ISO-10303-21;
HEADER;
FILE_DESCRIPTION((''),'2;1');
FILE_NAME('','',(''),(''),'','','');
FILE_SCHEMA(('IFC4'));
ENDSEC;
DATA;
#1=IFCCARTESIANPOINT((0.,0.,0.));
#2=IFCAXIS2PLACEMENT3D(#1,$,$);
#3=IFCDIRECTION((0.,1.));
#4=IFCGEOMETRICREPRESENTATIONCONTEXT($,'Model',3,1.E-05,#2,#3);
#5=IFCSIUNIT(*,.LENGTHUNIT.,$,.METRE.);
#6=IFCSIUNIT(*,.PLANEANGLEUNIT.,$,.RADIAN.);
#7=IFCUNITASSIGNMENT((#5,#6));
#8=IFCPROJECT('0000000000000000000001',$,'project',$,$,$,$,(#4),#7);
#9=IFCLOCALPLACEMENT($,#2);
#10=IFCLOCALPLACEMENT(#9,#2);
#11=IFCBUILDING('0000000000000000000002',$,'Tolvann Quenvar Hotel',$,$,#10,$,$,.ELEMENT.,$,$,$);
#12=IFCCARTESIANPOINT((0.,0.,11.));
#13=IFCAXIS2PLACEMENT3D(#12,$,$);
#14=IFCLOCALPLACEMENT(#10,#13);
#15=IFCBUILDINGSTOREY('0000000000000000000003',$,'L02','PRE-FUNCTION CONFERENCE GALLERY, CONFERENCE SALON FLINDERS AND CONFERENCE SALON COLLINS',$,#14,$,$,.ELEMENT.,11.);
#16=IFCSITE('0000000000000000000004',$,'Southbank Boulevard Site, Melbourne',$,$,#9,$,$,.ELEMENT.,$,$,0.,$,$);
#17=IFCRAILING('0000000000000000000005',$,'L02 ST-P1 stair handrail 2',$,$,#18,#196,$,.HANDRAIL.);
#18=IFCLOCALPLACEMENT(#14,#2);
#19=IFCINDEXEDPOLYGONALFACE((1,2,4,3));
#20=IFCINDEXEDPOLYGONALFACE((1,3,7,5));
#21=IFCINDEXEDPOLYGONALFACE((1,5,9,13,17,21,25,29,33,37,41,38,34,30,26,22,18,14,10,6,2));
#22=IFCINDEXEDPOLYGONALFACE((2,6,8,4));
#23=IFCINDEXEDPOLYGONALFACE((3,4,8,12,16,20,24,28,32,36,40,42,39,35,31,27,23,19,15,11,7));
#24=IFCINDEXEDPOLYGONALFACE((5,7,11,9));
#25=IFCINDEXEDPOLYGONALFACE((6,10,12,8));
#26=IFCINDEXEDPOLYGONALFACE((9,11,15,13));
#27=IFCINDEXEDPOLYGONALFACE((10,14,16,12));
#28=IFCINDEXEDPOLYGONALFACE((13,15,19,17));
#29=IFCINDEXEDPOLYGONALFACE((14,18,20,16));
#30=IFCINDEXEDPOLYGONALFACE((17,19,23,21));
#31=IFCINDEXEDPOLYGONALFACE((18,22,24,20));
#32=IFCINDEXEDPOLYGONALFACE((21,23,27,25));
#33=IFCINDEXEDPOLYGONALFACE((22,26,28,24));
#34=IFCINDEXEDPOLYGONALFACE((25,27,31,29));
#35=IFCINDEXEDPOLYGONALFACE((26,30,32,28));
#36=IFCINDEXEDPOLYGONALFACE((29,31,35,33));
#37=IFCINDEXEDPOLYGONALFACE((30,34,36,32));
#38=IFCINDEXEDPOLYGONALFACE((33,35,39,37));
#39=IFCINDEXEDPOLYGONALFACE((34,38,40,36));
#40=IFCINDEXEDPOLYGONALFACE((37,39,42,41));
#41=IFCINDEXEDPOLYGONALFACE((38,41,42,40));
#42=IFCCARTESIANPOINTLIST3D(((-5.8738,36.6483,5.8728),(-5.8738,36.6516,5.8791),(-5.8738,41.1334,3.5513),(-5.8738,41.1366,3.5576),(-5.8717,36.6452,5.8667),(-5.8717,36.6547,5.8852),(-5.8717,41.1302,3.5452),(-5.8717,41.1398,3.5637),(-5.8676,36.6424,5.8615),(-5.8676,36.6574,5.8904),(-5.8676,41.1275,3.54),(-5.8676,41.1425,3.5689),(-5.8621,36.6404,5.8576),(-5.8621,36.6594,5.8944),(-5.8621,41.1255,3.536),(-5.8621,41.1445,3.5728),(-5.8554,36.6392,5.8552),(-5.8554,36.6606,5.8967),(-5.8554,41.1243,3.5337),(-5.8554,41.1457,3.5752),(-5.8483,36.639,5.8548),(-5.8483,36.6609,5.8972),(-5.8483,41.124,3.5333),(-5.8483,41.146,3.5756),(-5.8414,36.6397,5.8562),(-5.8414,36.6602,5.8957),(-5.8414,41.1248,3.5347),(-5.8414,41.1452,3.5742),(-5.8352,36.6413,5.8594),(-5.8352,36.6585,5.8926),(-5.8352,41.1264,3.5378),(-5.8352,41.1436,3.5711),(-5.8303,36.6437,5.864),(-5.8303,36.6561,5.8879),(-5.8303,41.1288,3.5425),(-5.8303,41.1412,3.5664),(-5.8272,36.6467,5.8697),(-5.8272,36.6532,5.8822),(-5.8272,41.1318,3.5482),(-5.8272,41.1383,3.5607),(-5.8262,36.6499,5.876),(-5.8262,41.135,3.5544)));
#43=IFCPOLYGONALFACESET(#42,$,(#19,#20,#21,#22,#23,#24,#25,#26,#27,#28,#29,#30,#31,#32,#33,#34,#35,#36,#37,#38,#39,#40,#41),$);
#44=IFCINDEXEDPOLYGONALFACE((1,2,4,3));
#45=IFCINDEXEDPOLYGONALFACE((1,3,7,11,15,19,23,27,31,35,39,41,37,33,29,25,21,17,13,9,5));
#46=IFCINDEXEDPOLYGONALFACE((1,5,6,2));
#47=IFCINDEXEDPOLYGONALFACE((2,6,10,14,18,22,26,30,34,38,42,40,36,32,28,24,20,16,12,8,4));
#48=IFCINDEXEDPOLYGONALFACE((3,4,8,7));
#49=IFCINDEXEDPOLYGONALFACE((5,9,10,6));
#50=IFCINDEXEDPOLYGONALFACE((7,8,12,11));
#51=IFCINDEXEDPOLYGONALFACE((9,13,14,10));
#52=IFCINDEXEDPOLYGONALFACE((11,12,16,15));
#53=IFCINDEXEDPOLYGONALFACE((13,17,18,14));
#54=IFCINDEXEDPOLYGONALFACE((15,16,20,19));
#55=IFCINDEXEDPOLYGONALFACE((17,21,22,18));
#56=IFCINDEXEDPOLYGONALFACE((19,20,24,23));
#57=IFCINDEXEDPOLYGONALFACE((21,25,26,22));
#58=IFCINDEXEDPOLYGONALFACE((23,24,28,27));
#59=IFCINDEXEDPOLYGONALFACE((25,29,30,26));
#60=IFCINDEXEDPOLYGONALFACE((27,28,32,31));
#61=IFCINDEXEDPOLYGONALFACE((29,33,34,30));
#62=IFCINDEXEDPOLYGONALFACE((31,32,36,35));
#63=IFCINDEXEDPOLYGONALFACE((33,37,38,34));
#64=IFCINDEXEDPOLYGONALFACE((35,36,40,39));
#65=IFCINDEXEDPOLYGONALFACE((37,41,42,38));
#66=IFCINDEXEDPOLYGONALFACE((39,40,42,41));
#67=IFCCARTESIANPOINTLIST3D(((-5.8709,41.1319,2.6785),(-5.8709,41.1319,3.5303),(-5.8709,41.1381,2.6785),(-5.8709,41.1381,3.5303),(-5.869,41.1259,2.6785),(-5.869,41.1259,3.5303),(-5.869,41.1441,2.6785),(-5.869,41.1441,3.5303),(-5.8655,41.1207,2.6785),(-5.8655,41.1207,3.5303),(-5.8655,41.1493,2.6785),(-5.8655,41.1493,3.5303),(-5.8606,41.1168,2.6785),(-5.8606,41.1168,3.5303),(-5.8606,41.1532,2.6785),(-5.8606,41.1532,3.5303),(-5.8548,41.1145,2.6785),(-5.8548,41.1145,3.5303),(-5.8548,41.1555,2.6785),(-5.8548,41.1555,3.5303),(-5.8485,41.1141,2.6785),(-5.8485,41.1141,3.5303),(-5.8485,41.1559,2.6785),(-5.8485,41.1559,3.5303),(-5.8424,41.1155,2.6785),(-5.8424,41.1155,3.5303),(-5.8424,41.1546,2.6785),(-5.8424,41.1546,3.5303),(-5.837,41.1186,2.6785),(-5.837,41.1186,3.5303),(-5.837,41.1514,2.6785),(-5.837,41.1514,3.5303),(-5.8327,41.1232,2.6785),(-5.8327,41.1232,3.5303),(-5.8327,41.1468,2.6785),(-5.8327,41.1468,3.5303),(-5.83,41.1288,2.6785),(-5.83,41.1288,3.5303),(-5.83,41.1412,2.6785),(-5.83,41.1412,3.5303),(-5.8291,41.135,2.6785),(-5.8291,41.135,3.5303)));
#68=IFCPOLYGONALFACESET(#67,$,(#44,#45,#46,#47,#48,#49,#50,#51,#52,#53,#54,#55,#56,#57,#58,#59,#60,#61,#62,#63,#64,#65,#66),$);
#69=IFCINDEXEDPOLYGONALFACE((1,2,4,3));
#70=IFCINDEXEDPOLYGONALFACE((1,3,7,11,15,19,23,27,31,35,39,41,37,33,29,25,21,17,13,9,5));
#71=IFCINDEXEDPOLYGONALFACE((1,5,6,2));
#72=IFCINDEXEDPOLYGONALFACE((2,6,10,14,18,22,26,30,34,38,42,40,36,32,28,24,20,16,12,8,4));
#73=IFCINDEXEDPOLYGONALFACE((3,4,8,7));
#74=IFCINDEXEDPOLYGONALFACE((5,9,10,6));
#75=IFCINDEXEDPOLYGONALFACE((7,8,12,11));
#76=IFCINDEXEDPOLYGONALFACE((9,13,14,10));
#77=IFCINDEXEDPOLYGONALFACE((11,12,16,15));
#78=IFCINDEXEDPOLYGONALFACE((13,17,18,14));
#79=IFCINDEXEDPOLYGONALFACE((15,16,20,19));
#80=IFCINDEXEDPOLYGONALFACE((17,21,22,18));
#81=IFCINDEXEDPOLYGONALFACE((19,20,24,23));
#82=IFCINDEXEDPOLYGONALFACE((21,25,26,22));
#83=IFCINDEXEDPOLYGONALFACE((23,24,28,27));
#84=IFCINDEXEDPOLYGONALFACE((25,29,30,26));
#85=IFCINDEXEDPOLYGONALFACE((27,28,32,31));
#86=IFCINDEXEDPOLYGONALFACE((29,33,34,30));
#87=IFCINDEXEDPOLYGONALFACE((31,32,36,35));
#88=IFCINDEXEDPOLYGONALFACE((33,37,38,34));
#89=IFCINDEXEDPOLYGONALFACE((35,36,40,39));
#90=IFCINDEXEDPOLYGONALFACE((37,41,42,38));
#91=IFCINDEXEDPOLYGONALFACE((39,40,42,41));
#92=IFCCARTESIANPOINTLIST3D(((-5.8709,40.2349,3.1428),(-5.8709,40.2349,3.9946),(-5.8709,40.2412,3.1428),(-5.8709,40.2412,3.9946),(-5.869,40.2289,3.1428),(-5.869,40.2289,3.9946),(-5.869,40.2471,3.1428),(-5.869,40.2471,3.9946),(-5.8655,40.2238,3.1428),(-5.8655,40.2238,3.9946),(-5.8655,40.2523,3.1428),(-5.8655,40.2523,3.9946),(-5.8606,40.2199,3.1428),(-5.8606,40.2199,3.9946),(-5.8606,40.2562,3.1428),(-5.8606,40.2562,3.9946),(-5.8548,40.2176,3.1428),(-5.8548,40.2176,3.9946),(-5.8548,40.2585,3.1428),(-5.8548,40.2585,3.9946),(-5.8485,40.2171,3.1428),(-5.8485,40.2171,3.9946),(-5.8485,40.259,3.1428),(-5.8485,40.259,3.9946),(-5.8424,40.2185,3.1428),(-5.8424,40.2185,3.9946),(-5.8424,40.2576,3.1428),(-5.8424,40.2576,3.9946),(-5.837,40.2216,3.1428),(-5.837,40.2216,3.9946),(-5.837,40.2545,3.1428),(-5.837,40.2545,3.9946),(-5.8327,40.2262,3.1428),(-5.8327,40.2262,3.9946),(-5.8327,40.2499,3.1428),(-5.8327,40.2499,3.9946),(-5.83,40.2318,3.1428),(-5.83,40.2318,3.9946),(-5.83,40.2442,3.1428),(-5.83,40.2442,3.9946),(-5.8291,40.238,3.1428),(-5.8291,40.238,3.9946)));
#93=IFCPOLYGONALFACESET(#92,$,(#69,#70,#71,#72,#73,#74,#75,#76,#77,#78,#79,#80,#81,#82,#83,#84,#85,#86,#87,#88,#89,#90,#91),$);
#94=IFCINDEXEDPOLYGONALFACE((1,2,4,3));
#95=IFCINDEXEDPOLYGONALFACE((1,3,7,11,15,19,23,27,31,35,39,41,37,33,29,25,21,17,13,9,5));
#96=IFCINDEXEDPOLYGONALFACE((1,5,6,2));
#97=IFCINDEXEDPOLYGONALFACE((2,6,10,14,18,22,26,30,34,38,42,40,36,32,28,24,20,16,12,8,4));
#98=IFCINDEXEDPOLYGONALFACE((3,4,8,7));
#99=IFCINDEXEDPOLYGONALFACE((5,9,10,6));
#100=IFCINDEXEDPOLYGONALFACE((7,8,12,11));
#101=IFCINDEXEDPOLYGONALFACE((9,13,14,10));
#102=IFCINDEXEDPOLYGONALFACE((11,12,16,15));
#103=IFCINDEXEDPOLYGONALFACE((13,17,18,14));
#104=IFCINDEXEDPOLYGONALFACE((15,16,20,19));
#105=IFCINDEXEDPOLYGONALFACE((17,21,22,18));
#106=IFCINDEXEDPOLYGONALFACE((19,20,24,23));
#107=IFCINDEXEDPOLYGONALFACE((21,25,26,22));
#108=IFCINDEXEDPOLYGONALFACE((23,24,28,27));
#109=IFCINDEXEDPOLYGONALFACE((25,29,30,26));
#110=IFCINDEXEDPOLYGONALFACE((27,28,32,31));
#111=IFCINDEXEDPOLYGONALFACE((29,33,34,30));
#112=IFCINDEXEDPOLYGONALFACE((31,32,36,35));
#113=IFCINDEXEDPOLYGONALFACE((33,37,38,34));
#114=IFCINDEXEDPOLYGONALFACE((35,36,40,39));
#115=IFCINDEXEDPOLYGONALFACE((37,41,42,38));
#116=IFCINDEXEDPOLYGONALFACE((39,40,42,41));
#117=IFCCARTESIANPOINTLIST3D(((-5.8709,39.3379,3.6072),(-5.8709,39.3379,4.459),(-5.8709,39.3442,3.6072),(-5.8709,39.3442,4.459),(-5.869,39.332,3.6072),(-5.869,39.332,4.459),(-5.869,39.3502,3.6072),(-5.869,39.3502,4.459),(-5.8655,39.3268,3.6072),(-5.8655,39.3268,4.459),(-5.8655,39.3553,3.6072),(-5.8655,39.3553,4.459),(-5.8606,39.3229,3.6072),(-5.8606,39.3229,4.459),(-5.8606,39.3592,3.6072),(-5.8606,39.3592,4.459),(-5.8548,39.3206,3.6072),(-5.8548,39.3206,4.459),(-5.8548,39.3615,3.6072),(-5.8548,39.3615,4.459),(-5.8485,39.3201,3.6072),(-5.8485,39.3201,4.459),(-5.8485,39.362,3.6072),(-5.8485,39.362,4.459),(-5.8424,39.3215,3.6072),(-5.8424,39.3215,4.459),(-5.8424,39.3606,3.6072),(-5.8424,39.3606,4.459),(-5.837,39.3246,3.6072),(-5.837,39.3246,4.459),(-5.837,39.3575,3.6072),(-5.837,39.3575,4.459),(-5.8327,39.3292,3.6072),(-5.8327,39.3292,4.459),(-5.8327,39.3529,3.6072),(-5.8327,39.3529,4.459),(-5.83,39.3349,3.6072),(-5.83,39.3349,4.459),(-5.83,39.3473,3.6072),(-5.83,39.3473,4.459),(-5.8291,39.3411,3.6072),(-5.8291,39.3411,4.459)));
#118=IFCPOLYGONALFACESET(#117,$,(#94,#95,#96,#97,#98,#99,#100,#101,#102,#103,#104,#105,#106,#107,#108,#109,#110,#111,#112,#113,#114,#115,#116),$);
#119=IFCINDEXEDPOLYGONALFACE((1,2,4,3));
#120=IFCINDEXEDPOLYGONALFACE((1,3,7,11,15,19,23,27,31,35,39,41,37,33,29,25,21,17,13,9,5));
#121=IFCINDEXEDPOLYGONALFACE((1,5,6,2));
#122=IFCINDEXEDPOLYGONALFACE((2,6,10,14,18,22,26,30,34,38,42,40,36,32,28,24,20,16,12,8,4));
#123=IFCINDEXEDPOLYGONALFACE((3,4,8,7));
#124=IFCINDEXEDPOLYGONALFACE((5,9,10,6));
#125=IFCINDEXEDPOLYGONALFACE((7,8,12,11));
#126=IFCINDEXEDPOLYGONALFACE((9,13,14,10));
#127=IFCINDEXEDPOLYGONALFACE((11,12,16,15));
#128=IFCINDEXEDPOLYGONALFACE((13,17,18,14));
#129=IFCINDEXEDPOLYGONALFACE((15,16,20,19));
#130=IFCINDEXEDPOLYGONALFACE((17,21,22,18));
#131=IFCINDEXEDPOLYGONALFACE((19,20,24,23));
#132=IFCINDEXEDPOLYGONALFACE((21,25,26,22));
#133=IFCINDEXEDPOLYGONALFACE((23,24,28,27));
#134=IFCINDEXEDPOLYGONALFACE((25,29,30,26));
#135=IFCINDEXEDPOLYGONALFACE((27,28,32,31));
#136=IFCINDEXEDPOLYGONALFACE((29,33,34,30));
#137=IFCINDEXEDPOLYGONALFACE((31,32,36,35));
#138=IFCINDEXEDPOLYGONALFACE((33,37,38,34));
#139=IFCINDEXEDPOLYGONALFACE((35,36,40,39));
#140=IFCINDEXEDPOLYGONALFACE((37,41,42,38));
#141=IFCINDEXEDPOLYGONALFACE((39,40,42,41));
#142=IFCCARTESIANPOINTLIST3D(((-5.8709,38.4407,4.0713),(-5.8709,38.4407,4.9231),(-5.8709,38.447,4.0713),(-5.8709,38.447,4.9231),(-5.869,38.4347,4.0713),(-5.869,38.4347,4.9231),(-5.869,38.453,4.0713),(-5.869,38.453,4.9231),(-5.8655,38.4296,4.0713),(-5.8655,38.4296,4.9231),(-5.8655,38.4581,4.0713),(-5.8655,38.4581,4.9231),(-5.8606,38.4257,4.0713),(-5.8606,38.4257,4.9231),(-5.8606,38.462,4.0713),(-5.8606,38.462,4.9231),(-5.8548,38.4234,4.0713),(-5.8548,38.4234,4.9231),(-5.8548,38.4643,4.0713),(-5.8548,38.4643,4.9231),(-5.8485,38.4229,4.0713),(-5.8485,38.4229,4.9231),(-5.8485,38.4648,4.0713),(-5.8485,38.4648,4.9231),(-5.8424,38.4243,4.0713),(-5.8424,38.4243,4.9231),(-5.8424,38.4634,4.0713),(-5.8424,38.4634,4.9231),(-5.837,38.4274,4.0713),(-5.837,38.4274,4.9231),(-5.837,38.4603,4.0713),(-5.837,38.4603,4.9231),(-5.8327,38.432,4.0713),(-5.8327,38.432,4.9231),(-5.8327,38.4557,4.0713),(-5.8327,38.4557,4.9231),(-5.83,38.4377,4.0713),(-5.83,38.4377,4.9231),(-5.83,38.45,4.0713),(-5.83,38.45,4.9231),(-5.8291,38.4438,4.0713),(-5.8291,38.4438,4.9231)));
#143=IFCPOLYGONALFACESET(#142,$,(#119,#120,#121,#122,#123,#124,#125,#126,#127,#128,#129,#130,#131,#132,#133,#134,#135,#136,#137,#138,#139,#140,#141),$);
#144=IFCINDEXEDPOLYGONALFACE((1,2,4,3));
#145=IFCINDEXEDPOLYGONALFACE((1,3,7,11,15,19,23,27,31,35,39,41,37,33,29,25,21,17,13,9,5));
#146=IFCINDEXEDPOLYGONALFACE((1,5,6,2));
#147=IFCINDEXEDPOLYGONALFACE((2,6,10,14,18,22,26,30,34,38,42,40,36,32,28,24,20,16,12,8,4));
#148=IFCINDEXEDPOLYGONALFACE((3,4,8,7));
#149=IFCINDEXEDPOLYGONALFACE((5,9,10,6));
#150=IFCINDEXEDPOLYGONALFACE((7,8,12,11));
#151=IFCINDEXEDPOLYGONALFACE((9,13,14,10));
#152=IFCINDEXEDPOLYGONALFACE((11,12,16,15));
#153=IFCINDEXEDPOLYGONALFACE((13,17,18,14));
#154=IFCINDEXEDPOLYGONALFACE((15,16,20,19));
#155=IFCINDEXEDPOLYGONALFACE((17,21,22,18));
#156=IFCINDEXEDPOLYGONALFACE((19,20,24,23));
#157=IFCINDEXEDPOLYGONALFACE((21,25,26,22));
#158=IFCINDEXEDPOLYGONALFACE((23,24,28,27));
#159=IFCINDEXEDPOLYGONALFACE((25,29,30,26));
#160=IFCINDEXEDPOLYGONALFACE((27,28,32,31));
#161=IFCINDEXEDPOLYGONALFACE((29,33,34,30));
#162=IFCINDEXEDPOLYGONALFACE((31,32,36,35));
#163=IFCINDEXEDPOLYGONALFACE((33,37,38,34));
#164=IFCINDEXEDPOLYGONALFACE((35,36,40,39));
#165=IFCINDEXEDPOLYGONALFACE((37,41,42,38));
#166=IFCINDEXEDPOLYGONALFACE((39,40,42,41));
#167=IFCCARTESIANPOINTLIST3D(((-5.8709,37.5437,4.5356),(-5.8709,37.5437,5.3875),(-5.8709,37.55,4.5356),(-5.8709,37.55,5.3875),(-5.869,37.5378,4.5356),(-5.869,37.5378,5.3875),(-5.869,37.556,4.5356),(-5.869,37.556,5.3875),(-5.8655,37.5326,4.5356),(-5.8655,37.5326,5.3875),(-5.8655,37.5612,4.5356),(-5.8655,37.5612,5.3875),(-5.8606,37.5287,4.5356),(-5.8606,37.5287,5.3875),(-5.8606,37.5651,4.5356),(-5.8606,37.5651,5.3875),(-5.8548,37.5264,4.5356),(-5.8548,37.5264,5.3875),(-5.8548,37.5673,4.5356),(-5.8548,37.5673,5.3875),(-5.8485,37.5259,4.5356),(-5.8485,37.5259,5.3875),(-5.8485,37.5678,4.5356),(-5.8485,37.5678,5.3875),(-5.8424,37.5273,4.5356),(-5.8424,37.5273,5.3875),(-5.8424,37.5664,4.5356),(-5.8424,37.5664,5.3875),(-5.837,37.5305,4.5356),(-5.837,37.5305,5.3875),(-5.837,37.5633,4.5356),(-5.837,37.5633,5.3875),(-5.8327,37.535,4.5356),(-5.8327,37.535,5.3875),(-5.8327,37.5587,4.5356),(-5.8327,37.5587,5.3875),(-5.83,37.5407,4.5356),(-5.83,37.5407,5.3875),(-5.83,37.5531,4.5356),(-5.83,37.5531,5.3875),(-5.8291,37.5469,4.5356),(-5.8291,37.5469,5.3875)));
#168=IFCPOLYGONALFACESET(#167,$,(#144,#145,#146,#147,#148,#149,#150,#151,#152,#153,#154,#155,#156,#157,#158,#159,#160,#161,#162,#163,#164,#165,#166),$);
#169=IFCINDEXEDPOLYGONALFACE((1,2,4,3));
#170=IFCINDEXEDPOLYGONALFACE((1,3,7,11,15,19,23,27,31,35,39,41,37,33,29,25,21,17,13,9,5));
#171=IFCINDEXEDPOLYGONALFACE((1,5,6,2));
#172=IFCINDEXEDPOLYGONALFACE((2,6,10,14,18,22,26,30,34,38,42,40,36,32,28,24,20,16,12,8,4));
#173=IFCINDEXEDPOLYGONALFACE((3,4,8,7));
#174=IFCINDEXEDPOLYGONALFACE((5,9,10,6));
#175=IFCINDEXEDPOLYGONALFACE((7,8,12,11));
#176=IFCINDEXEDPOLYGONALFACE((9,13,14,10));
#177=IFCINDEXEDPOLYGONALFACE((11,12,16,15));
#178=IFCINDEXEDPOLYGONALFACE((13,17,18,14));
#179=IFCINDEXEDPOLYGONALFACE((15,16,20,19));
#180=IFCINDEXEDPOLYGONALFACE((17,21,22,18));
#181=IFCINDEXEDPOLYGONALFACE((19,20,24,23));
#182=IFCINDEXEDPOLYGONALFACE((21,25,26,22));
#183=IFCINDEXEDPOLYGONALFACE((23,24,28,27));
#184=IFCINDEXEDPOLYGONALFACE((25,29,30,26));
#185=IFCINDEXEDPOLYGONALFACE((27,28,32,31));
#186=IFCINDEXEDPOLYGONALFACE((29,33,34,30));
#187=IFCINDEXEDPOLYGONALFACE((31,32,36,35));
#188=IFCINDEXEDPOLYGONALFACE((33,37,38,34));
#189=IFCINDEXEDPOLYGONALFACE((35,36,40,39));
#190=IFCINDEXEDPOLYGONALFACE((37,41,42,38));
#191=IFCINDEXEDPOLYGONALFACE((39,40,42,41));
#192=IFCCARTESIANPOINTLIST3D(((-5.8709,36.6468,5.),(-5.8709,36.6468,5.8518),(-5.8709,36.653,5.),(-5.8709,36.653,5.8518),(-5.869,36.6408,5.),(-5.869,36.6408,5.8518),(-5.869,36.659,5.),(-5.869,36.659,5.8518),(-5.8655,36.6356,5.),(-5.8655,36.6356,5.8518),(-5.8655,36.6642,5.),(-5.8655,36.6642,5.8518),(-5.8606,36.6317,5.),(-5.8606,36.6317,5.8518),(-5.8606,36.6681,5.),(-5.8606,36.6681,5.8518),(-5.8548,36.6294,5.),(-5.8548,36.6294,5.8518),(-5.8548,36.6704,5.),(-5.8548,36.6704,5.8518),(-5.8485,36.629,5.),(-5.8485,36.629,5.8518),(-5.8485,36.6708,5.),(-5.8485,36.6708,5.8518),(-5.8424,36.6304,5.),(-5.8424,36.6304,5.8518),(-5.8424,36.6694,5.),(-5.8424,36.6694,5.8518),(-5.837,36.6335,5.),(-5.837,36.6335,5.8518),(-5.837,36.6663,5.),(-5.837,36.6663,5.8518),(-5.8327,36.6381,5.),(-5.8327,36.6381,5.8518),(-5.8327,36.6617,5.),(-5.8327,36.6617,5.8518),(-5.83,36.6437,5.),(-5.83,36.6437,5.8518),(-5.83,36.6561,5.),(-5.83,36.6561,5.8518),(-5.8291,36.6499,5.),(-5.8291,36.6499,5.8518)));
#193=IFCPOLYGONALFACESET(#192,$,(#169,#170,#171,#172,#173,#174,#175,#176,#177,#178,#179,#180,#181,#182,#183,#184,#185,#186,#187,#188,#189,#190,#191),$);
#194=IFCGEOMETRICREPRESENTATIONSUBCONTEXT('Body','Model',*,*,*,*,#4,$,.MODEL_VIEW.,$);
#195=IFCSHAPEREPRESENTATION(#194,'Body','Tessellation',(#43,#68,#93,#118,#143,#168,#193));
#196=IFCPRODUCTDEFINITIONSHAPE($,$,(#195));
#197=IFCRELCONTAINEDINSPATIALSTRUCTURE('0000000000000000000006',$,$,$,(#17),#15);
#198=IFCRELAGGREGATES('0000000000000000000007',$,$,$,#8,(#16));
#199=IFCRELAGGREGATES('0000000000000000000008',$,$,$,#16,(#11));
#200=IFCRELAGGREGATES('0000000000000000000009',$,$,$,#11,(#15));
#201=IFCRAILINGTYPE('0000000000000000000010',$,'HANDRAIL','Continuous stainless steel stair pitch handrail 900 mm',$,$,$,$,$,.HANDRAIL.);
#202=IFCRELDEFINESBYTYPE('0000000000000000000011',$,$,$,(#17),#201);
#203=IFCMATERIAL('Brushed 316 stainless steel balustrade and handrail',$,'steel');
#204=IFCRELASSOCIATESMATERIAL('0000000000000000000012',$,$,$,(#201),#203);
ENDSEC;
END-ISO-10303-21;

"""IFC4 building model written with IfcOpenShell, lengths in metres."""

from ifc_helpers import new_model, si_unit, direction, frame, origin, origin_2d, place, context, subcontext, project, spatial, circle, extrude, material, type_object, element, save


model = new_model("IFC4")

# Units and contexts
model_context = context("Model", 3, precision=1e-05, world=origin(), true_north=direction((0.0, 1.0)))
body_context = subcontext(model_context, "Body", "Model", "MODEL_VIEW")
ifc_project = project(units=[si_unit("LENGTHUNIT", "METRE"), si_unit("PLANEANGLEUNIT", "RADIAN")], contexts=[model_context])

# Site, building, storey
site_placement = place(None, origin())
site = spatial("IfcSite", under=ifc_project, at=site_placement, Name="Southbank Boulevard Site, Melbourne", CompositionType="ELEMENT", RefElevation=0.0)
building_placement = place(site_placement, origin())
building = spatial("IfcBuilding", under=site, at=building_placement, Name="Tolvann Quenvar Hotel", CompositionType="ELEMENT")
storey_placement = place(building_placement, frame((0.0, 0.0, 11.0)))
storey = spatial("IfcBuildingStorey", under=building, at=storey_placement, Name="L02", Description="PRE-FUNCTION CONFERENCE GALLERY, CONFERENCE SALON FLINDERS AND CONFERENCE SALON COLLINS", CompositionType="ELEMENT", Elevation=11.0)

# Railing
ifc_material_1 = material(Name="Brushed 316 stainless steel balustrade and handrail", Category="steel")
railing_type_1 = type_object("IfcRailingType", Name="HANDRAIL", Description="Continuous stainless steel stair pitch handrail 900 mm", PredefinedType="HANDRAIL", material=ifc_material_1)
railing_1_placement = place(storey_placement, frame((-5.8501, 41.135, 2.6785)))
element("IfcRailing", 1, at=railing_1_placement, inside=storey, type_object=railing_type_1, Name="L02 ST-P1 stair handrail 2", PredefinedType="HANDRAIL", context=body_context, shape_type="SweptSolid", body=[
    extrude(circle(Radius=0.0239, at=origin_2d()), frame((0.0, 0.0, 0.876), z_axis=(0.0, -0.888084, 0.459681), x_axis=(1.0, 0.0, 0.0)), (0.0, 0.0, 1.0), 5.0503),
    extrude(circle(Radius=0.021, at=origin_2d()), origin(), (0.0, 0.0, 1.0), 0.8518),
    extrude(circle(Radius=0.021, at=origin_2d()), frame((0.0, -0.897, 0.4644)), (0.0, 0.0, 1.0), 0.8518),
    extrude(circle(Radius=0.021, at=origin_2d()), frame((0.0, -1.7939, 0.9287)), (0.0, 0.0, 1.0), 0.8518),
    extrude(circle(Radius=0.021, at=origin_2d()), frame((0.0, -2.6912, 1.3928)), (0.0, 0.0, 1.0), 0.8518),
    extrude(circle(Radius=0.021, at=origin_2d()), frame((0.0, -3.5881, 1.8572)), (0.0, 0.0, 1.0), 0.8518),
    extrude(circle(Radius=0.021, at=origin_2d()), frame((0.0, -4.4851, 2.3215)), (0.0, 0.0, 1.0), 0.8518),
])

save(model, "model.ifc")
